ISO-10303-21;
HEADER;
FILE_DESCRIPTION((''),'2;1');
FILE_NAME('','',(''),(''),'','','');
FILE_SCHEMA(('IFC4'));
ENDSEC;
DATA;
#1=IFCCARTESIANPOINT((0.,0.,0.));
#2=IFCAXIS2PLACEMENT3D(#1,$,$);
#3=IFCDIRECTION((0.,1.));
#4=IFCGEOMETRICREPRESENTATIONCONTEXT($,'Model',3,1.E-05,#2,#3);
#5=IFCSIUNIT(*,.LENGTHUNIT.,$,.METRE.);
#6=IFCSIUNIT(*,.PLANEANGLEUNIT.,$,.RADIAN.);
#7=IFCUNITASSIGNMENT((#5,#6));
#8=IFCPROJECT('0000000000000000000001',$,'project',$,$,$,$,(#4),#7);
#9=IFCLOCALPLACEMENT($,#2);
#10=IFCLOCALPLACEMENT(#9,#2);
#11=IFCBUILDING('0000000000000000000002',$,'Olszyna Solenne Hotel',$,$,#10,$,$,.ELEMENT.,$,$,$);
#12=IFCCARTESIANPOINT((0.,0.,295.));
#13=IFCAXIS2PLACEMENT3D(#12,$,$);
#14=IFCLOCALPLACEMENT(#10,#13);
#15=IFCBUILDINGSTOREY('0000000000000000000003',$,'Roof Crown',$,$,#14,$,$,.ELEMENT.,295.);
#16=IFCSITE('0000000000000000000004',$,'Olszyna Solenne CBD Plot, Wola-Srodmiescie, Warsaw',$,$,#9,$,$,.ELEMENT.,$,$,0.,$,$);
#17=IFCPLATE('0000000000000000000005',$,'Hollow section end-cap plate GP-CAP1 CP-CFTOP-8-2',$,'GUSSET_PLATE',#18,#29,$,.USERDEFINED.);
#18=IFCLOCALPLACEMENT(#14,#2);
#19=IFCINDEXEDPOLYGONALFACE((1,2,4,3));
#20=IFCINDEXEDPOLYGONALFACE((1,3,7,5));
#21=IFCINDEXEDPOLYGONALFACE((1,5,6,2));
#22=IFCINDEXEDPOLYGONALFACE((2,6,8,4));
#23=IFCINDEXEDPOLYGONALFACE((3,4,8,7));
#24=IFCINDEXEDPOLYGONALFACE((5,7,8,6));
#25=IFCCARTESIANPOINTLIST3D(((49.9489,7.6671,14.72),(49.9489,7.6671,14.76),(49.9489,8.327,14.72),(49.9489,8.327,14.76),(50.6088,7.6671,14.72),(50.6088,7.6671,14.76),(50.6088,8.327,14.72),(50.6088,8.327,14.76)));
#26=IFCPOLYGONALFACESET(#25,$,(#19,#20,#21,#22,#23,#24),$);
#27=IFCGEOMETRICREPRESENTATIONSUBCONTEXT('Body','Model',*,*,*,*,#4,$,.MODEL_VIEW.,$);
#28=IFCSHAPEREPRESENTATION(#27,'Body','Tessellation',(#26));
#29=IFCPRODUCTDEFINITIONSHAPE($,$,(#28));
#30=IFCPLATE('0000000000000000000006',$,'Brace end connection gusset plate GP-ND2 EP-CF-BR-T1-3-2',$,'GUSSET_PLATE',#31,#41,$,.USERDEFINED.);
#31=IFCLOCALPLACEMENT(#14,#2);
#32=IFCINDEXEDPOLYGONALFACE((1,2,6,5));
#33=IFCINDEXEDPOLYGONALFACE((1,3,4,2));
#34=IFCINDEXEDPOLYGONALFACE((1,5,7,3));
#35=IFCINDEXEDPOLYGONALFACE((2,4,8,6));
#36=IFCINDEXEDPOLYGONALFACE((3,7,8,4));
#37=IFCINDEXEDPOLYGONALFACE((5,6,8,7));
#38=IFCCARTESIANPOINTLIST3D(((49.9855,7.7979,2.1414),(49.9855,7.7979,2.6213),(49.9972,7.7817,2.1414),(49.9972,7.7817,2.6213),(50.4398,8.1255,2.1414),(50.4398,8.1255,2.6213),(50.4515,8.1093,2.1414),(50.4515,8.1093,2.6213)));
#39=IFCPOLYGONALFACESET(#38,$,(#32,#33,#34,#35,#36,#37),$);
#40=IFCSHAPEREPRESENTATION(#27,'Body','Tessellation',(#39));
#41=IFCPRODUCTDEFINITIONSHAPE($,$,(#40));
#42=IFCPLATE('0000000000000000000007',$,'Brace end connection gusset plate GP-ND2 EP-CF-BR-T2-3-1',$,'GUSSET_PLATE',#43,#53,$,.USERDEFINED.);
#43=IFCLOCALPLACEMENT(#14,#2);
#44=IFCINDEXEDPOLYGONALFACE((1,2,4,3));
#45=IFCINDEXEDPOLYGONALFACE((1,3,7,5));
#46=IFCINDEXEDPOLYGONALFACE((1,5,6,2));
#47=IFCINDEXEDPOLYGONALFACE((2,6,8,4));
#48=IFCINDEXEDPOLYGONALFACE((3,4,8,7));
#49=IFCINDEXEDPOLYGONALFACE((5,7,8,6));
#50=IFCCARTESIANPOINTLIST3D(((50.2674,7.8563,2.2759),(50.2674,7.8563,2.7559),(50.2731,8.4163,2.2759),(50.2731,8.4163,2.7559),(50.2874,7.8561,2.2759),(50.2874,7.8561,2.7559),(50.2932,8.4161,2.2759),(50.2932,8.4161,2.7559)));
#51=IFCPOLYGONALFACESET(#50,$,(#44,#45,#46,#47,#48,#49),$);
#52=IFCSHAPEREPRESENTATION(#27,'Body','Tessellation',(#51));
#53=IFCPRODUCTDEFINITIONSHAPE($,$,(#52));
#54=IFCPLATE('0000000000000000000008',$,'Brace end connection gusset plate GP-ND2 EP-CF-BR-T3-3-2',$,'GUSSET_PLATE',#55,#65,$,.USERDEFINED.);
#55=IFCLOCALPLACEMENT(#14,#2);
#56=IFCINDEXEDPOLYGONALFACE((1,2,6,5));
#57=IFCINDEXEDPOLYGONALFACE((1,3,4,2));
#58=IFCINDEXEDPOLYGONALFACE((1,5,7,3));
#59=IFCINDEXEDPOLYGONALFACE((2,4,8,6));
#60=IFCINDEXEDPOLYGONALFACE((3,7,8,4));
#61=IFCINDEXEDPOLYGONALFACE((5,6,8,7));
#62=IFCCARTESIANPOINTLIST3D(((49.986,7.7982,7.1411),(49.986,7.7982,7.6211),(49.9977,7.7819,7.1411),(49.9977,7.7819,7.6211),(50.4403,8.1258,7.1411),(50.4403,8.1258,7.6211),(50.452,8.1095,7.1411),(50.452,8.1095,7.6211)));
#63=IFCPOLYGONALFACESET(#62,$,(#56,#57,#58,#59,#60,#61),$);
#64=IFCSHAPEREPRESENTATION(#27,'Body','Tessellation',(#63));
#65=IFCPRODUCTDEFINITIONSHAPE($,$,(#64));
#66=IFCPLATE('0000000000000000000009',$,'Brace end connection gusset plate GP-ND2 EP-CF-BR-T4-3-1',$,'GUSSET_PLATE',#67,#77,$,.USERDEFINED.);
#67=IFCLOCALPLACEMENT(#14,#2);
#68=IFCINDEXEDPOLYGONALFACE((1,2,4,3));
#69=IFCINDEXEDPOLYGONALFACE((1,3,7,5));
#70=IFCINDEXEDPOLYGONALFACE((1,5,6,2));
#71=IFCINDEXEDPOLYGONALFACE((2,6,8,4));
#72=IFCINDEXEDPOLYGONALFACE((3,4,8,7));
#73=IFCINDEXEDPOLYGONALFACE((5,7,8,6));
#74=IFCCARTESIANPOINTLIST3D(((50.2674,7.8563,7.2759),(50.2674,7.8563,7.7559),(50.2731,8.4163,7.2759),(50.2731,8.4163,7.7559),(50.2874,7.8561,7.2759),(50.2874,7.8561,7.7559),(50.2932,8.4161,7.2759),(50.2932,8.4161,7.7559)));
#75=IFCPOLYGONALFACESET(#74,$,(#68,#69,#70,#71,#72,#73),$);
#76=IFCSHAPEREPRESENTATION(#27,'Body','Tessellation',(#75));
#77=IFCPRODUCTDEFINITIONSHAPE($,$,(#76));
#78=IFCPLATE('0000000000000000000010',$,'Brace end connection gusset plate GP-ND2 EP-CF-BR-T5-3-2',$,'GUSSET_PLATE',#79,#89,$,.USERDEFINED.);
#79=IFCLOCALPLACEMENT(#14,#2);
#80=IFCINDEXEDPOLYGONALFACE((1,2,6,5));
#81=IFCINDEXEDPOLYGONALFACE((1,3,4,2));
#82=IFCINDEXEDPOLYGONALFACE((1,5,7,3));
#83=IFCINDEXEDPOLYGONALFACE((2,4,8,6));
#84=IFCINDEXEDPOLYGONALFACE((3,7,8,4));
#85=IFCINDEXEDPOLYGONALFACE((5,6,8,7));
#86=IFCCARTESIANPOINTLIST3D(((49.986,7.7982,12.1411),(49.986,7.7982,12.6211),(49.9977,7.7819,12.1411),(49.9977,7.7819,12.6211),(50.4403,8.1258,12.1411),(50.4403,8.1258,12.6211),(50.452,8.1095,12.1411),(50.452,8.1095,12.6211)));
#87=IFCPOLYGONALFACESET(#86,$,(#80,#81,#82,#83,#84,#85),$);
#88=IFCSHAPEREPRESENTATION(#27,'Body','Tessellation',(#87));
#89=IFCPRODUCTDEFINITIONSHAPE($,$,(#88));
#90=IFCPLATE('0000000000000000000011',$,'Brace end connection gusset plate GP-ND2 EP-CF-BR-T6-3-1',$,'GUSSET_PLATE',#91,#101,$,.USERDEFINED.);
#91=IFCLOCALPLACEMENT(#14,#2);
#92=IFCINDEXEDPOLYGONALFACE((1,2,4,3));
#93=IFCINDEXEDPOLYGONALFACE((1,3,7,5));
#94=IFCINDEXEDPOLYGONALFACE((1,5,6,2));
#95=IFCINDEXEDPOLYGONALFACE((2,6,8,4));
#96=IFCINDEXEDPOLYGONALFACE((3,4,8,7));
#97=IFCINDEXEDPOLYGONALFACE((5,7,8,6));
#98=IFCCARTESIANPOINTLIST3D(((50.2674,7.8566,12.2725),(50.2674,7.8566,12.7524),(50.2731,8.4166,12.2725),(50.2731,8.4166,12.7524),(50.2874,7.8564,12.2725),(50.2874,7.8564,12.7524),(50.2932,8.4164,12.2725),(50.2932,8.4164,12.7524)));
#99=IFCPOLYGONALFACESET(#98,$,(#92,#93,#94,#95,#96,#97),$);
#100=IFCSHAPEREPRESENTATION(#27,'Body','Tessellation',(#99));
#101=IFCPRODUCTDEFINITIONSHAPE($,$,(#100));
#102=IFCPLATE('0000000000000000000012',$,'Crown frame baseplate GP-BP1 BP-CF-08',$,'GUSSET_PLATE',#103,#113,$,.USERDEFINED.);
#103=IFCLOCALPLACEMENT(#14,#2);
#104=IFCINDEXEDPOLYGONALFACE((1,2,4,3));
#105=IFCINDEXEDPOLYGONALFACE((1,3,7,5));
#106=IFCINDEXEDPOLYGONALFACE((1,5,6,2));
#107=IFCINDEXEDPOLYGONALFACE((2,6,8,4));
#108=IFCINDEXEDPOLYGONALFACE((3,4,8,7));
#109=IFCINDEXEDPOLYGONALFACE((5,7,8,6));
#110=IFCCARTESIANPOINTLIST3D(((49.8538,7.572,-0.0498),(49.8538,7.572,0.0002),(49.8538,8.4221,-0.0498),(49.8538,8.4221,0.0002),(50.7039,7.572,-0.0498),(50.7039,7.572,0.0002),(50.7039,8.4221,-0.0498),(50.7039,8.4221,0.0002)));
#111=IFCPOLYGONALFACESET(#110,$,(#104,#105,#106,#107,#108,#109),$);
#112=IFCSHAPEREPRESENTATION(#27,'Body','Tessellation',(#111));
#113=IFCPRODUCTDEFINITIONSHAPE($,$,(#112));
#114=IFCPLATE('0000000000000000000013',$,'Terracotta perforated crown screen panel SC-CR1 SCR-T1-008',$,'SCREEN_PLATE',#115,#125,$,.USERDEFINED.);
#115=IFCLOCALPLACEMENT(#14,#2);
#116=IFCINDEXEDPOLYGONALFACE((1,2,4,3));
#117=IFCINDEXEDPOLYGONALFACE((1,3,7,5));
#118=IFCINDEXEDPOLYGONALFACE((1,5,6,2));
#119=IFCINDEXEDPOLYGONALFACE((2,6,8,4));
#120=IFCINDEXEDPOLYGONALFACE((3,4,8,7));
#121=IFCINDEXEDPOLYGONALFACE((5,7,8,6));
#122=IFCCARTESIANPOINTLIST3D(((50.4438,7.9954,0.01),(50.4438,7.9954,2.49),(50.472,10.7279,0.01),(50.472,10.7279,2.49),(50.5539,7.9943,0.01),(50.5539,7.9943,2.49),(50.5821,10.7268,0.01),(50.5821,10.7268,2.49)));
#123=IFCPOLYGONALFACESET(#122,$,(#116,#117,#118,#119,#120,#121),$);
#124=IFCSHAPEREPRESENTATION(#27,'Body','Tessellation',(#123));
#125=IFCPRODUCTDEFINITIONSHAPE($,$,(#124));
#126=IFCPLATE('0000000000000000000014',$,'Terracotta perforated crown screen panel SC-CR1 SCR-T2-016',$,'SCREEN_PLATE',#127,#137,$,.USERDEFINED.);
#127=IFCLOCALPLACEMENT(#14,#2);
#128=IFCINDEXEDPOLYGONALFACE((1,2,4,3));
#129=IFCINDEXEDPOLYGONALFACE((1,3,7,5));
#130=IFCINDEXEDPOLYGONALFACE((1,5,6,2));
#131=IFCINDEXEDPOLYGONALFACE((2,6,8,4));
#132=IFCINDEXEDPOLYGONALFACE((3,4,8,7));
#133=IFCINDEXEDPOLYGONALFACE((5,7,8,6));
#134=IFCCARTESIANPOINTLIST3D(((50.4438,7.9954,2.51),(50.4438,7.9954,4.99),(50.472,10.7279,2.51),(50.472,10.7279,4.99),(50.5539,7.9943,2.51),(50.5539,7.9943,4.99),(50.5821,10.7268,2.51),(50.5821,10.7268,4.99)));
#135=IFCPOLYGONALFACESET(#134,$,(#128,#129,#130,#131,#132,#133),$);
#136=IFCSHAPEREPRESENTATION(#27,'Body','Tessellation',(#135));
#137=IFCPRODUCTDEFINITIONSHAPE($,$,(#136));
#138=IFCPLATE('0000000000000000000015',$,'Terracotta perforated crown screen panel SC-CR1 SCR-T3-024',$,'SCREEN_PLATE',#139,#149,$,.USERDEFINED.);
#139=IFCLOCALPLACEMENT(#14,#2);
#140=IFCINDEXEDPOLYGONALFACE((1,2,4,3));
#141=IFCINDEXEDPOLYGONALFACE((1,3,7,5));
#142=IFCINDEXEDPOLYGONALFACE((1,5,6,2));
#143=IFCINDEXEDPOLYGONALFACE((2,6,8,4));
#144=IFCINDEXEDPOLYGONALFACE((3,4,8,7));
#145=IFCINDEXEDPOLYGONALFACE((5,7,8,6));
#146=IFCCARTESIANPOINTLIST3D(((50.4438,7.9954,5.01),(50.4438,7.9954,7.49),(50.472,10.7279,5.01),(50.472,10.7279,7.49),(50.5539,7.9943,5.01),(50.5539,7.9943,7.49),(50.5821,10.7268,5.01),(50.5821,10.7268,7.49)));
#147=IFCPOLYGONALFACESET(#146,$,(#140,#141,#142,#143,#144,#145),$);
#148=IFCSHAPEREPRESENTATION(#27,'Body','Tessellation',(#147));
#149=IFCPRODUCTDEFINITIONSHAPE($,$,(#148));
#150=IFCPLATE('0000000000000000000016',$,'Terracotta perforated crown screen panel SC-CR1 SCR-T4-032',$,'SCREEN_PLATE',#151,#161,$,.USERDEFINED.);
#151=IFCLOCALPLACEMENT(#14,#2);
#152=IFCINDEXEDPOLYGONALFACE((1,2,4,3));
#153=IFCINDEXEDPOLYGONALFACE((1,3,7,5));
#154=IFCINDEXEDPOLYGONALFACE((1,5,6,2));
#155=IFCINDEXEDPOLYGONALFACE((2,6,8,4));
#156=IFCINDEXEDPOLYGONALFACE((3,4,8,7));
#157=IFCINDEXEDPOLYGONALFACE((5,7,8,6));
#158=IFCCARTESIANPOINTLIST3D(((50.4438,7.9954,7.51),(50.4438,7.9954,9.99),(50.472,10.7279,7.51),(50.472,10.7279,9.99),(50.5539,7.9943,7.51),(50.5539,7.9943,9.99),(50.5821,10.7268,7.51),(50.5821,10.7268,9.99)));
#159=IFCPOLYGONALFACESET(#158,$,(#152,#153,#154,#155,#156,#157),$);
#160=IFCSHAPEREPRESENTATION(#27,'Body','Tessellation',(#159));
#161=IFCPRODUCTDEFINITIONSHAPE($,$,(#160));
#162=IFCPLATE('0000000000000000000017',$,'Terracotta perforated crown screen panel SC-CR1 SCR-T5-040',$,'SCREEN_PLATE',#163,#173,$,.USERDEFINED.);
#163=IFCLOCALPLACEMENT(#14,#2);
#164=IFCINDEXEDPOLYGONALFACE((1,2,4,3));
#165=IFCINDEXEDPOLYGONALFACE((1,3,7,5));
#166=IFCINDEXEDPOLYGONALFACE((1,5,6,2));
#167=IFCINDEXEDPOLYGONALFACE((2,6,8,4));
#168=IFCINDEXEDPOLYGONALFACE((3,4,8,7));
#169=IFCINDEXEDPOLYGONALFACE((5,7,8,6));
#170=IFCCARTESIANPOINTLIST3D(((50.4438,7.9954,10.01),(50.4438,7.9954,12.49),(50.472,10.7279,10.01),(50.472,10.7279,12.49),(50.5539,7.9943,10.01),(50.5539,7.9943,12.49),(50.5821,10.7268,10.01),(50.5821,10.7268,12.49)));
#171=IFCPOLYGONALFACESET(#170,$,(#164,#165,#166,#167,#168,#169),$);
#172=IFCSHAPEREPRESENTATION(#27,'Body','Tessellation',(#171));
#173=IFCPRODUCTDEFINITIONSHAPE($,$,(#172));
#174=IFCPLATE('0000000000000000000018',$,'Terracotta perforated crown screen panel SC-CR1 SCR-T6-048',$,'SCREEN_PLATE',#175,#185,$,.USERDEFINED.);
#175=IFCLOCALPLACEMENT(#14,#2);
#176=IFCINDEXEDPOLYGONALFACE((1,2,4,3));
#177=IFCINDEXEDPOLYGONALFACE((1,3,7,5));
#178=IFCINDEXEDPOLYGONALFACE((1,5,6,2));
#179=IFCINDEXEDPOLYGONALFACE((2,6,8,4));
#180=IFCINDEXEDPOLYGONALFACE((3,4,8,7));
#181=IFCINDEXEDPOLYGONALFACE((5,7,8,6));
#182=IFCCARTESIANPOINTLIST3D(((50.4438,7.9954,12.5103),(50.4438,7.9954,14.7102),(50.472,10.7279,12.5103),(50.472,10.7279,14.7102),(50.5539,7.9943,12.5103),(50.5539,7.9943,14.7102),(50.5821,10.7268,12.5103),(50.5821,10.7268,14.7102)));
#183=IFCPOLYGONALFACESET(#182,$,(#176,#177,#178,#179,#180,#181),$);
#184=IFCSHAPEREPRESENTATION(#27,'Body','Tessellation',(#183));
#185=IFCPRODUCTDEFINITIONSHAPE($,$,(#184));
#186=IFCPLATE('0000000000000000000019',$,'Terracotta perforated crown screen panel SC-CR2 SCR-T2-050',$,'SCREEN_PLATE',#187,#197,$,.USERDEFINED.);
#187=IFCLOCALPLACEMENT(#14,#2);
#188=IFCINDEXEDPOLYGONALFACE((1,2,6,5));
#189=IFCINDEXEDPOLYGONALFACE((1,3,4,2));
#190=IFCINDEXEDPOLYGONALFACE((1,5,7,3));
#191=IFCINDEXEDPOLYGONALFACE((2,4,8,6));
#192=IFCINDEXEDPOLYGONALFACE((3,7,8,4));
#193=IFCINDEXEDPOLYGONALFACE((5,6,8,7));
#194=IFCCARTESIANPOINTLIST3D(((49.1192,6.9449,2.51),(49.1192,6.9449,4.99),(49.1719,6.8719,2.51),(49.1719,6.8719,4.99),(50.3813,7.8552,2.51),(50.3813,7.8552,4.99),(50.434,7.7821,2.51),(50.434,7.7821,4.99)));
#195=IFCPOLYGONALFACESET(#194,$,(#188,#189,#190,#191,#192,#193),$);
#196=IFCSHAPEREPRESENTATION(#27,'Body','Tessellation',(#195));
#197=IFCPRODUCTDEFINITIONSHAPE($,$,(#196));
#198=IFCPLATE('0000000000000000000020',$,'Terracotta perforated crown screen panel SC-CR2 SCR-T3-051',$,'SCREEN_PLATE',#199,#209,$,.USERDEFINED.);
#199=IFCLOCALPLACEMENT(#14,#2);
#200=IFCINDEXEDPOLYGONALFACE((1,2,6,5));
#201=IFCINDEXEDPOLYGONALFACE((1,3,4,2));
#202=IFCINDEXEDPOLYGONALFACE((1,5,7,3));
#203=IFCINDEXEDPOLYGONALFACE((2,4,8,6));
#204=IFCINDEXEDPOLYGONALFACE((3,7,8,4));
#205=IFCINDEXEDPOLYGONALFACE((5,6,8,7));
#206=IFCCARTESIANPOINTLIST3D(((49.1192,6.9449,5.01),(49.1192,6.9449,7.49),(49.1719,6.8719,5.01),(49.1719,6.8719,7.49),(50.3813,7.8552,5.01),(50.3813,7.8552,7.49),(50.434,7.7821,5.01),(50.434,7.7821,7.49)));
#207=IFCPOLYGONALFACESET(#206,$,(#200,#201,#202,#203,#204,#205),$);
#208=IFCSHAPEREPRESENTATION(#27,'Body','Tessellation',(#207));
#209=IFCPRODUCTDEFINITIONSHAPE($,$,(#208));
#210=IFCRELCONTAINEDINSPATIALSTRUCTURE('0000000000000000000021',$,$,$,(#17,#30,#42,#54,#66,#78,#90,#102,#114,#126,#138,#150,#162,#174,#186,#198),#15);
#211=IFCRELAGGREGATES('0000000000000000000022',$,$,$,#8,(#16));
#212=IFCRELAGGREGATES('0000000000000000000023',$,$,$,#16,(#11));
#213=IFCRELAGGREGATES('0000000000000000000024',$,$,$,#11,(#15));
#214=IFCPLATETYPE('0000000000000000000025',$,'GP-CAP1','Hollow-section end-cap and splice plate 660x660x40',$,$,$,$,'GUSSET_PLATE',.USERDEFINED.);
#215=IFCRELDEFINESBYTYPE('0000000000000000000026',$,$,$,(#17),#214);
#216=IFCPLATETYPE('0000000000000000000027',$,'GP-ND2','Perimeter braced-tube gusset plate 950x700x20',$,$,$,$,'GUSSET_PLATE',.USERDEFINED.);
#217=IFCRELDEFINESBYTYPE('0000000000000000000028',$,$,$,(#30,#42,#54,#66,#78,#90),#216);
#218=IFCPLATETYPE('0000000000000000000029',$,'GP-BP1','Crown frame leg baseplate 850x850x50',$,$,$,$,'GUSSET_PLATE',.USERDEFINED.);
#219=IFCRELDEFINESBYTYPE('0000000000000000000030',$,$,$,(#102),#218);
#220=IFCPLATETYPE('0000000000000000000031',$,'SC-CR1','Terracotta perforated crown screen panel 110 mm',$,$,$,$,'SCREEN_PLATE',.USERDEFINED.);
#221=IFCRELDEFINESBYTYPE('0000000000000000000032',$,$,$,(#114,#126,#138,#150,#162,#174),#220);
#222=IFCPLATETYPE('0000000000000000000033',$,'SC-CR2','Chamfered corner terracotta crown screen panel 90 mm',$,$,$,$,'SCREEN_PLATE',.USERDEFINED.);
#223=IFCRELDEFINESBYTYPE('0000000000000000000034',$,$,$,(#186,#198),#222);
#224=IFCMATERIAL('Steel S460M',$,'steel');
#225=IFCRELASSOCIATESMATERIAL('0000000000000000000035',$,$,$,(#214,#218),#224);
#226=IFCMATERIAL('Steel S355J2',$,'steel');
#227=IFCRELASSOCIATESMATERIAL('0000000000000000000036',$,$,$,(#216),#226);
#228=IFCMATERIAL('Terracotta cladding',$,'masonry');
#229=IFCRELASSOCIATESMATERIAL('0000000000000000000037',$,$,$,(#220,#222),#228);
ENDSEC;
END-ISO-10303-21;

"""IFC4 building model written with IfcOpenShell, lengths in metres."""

from ifc_helpers import new_model, si_unit, direction, frame, origin, origin_2d, place, context, subcontext, project, spatial, rectangle, extrude, source, transform, mapped, material, type_object, element, save


model = new_model("IFC4")

# Units and contexts
model_context = context("Model", 3, precision=1e-05, world=origin(), true_north=direction((0.0, 1.0)))
body_context = subcontext(model_context, "Body", "Model", "MODEL_VIEW")
ifc_project = project(units=[si_unit("LENGTHUNIT", "METRE"), si_unit("PLANEANGLEUNIT", "RADIAN")], contexts=[model_context])

# Site, building, storey
site_placement = place(None, origin())
site = spatial("IfcSite", under=ifc_project, at=site_placement, Name="Olszyna Solenne CBD Plot, Wola-Srodmiescie, Warsaw", CompositionType="ELEMENT", RefElevation=0.0)
building_placement = place(site_placement, origin())
building = spatial("IfcBuilding", under=site, at=building_placement, Name="Olszyna Solenne Hotel", CompositionType="ELEMENT")
storey_placement = place(building_placement, frame((0.0, 0.0, 295.0)))
storey = spatial("IfcBuildingStorey", under=building, at=storey_placement, Name="Roof Crown", CompositionType="ELEMENT", Elevation=295.0)

# Shared definitions
ifc_material_1 = material(Name="Steel S460M", Category="steel")

# Shared definitions
ifc_material_2 = material(Name="Steel S355J2", Category="steel")

# Plates
plate_type_1 = type_object("IfcPlateType", Name="GP-CAP1", Description="Hollow-section end-cap and splice plate 660x660x40", ElementType="GUSSET_PLATE", PredefinedType="USERDEFINED", material=ifc_material_1)
shared_shape_1 = source(origin(), body_context, "Body", "SweptSolid", [
    extrude(rectangle(XDim=0.6599, YDim=0.6599, at=origin_2d()), origin(), (0.0, 0.0, 1.0), 0.04),
])
plate_1_placement = place(storey_placement, frame((50.2788, 7.9971, 14.72), z_axis=(0.0, 0.0, 1.0), x_axis=(1.0, 0.0, 0.0)))
element("IfcPlate", 1, at=plate_1_placement, inside=storey, type_object=plate_type_1, Name="Hollow section end-cap plate GP-CAP1 CP-CFTOP-8-2", ObjectType="GUSSET_PLATE", PredefinedType="USERDEFINED", context=body_context, shape_type="MappedRepresentation", body=[
    mapped(shared_shape_1, transform((0.0, 0.0, 0.0), x_axis=(1.0, 0.0, 0.0), y_axis=(0.0, 1.0, 0.0), z_axis=(0.0, 0.0, 1.0), scale=1.0)),
])
plate_type_2 = type_object("IfcPlateType", Name="GP-ND2", Description="Perimeter braced-tube gusset plate 950x700x20", ElementType="GUSSET_PLATE", PredefinedType="USERDEFINED", material=ifc_material_2)
shared_shape_2 = source(origin(), body_context, "Body", "SweptSolid", [
    extrude(rectangle(XDim=0.5601, YDim=0.02, at=origin_2d()), origin(), (0.0, 0.0, 1.0), 0.48),
])
for number, where, z_axis, x_axis, name in (
    (2, (50.2185, 7.9536, 2.1414), (0.0, 0.0, 1.0), (0.811064, 0.584958, 0.0), "Brace end connection gusset plate GP-ND2 EP-CF-BR-T1-3-2"),
    (3, (50.2803, 8.1362, 2.2759), (0.0, 0.0, 1.0), (0.010297, 0.999947, 0.0), "Brace end connection gusset plate GP-ND2 EP-CF-BR-T2-3-1"),
    (4, (50.219, 7.9539, 7.1411), (0.0, 0.0, 1.0), (0.811064, 0.584958, 0.0), "Brace end connection gusset plate GP-ND2 EP-CF-BR-T3-3-2"),
    (5, (50.2803, 8.1362, 7.2759), (0.0, 0.0, 1.0), (0.010297, 0.999947, 0.0), "Brace end connection gusset plate GP-ND2 EP-CF-BR-T4-3-1"),
    (6, (50.219, 7.9539, 12.1411), (0.0, 0.0, 1.0), (0.811064, 0.584958, 0.0), "Brace end connection gusset plate GP-ND2 EP-CF-BR-T5-3-2"),
    (7, (50.2803, 8.1365, 12.2725), (0.0, 0.0, 1.0), (0.010297, 0.999947, 0.0), "Brace end connection gusset plate GP-ND2 EP-CF-BR-T6-3-1"),
):
    element("IfcPlate", number, at=place(storey_placement, frame(where, z_axis=z_axis, x_axis=x_axis)), inside=storey, type_object=plate_type_2, Name=name, ObjectType="GUSSET_PLATE", PredefinedType="USERDEFINED", context=body_context, shape_type="MappedRepresentation", body=[
        mapped(shared_shape_2, transform((0.0, 0.0, 0.0), x_axis=(1.0, 0.0, 0.0), y_axis=(0.0, 1.0, 0.0), z_axis=(0.0, 0.0, 1.0), scale=1.0)),
    ])
plate_type_3 = type_object("IfcPlateType", Name="GP-BP1", Description="Crown frame leg baseplate 850x850x50", ElementType="GUSSET_PLATE", PredefinedType="USERDEFINED", material=ifc_material_1)
shared_shape_3 = source(origin(), body_context, "Body", "SweptSolid", [
    extrude(rectangle(XDim=0.8501, YDim=0.8501, at=origin_2d()), origin(), (0.0, 0.0, 1.0), 0.05),
])
plate_2_placement = place(storey_placement, frame((50.2788, 7.9971, -0.0498), z_axis=(0.0, 0.0, 1.0), x_axis=(1.0, 0.0, 0.0)))
element("IfcPlate", 8, at=plate_2_placement, inside=storey, type_object=plate_type_3, Name="Crown frame baseplate GP-BP1 BP-CF-08", ObjectType="GUSSET_PLATE", PredefinedType="USERDEFINED", context=body_context, shape_type="MappedRepresentation", body=[
    mapped(shared_shape_3, transform((0.0, 0.0, 0.0), x_axis=(1.0, 0.0, 0.0), y_axis=(0.0, 1.0, 0.0), z_axis=(0.0, 0.0, 1.0), scale=1.0)),
])
ifc_material_3 = material(Name="Terracotta cladding", Category="masonry")
plate_type_4 = type_object("IfcPlateType", Name="SC-CR1", Description="Terracotta perforated crown screen panel 110 mm", ElementType="SCREEN_PLATE", PredefinedType="USERDEFINED", material=ifc_material_3)
shared_shape_4 = source(origin(), body_context, "Body", "SweptSolid", [
    extrude(rectangle(XDim=2.7327, YDim=0.1101, at=origin_2d()), origin(), (0.0, 0.0, 1.0), 2.48),
])
for number, where, z_axis, x_axis, name in (
    (9, (50.5129, 9.3611, 0.01), (0.0, 0.0, 1.0), (-0.010297, -0.999947, 0.0), "Terracotta perforated crown screen panel SC-CR1 SCR-T1-008"),
    (10, (50.5129, 9.3611, 2.51), (0.0, 0.0, 1.0), (-0.010297, -0.999947, 0.0), "Terracotta perforated crown screen panel SC-CR1 SCR-T2-016"),
    (11, (50.5129, 9.3611, 5.01), (0.0, 0.0, 1.0), (-0.010297, -0.999947, 0.0), "Terracotta perforated crown screen panel SC-CR1 SCR-T3-024"),
    (12, (50.5129, 9.3611, 7.51), (0.0, 0.0, 1.0), (-0.010297, -0.999947, 0.0), "Terracotta perforated crown screen panel SC-CR1 SCR-T4-032"),
    (13, (50.5129, 9.3611, 10.01), (0.0, 0.0, 1.0), (-0.010297, -0.999947, 0.0), "Terracotta perforated crown screen panel SC-CR1 SCR-T5-040"),
):
    element("IfcPlate", number, at=place(storey_placement, frame(where, z_axis=z_axis, x_axis=x_axis)), inside=storey, type_object=plate_type_4, Name=name, ObjectType="SCREEN_PLATE", PredefinedType="USERDEFINED", context=body_context, shape_type="MappedRepresentation", body=[
        mapped(shared_shape_4, transform((0.0, 0.0, 0.0), x_axis=(1.0, 0.0, 0.0), y_axis=(0.0, 1.0, 0.0), z_axis=(0.0, 0.0, 1.0), scale=1.0)),
    ])
shared_shape_5 = source(origin(), body_context, "Body", "SweptSolid", [
    extrude(rectangle(XDim=2.7327, YDim=0.1101, at=origin_2d()), origin(), (0.0, 0.0, 1.0), 2.2),
])
plate_3_placement = place(storey_placement, frame((50.5129, 9.3611, 12.5103), z_axis=(0.0, 0.0, 1.0), x_axis=(-0.010297, -0.999947, 0.0)))
element("IfcPlate", 14, at=plate_3_placement, inside=storey, type_object=plate_type_4, Name="Terracotta perforated crown screen panel SC-CR1 SCR-T6-048", ObjectType="SCREEN_PLATE", PredefinedType="USERDEFINED", context=body_context, shape_type="MappedRepresentation", body=[
    mapped(shared_shape_5, transform((0.0, 0.0, 0.0), x_axis=(1.0, 0.0, 0.0), y_axis=(0.0, 1.0, 0.0), z_axis=(0.0, 0.0, 1.0), scale=1.0)),
])
plate_type_5 = type_object("IfcPlateType", Name="SC-CR2", Description="Chamfered corner terracotta crown screen panel 90 mm", ElementType="SCREEN_PLATE", PredefinedType="USERDEFINED", material=ifc_material_3)
shared_shape_6 = source(origin(), body_context, "Body", "SweptSolid", [
    extrude(rectangle(XDim=1.5562, YDim=0.0901, at=origin_2d()), origin(), (0.0, 0.0, 1.0), 2.48),
])
for number, where, z_axis, x_axis, name in (
    (15, (49.7766, 7.3635, 2.51), (0.0, 0.0, 1.0), (-0.811064, -0.584958, 0.0), "Terracotta perforated crown screen panel SC-CR2 SCR-T2-050"),
    (16, (49.7766, 7.3635, 5.01), (0.0, 0.0, 1.0), (-0.811064, -0.584958, 0.0), "Terracotta perforated crown screen panel SC-CR2 SCR-T3-051"),
):
    element("IfcPlate", number, at=place(storey_placement, frame(where, z_axis=z_axis, x_axis=x_axis)), inside=storey, type_object=plate_type_5, Name=name, ObjectType="SCREEN_PLATE", PredefinedType="USERDEFINED", context=body_context, shape_type="MappedRepresentation", body=[
        mapped(shared_shape_6, transform((0.0, 0.0, 0.0), x_axis=(1.0, 0.0, 0.0), y_axis=(0.0, 1.0, 0.0), z_axis=(0.0, 0.0, 1.0), scale=1.0)),
    ])

save(model, "model.ifc")
